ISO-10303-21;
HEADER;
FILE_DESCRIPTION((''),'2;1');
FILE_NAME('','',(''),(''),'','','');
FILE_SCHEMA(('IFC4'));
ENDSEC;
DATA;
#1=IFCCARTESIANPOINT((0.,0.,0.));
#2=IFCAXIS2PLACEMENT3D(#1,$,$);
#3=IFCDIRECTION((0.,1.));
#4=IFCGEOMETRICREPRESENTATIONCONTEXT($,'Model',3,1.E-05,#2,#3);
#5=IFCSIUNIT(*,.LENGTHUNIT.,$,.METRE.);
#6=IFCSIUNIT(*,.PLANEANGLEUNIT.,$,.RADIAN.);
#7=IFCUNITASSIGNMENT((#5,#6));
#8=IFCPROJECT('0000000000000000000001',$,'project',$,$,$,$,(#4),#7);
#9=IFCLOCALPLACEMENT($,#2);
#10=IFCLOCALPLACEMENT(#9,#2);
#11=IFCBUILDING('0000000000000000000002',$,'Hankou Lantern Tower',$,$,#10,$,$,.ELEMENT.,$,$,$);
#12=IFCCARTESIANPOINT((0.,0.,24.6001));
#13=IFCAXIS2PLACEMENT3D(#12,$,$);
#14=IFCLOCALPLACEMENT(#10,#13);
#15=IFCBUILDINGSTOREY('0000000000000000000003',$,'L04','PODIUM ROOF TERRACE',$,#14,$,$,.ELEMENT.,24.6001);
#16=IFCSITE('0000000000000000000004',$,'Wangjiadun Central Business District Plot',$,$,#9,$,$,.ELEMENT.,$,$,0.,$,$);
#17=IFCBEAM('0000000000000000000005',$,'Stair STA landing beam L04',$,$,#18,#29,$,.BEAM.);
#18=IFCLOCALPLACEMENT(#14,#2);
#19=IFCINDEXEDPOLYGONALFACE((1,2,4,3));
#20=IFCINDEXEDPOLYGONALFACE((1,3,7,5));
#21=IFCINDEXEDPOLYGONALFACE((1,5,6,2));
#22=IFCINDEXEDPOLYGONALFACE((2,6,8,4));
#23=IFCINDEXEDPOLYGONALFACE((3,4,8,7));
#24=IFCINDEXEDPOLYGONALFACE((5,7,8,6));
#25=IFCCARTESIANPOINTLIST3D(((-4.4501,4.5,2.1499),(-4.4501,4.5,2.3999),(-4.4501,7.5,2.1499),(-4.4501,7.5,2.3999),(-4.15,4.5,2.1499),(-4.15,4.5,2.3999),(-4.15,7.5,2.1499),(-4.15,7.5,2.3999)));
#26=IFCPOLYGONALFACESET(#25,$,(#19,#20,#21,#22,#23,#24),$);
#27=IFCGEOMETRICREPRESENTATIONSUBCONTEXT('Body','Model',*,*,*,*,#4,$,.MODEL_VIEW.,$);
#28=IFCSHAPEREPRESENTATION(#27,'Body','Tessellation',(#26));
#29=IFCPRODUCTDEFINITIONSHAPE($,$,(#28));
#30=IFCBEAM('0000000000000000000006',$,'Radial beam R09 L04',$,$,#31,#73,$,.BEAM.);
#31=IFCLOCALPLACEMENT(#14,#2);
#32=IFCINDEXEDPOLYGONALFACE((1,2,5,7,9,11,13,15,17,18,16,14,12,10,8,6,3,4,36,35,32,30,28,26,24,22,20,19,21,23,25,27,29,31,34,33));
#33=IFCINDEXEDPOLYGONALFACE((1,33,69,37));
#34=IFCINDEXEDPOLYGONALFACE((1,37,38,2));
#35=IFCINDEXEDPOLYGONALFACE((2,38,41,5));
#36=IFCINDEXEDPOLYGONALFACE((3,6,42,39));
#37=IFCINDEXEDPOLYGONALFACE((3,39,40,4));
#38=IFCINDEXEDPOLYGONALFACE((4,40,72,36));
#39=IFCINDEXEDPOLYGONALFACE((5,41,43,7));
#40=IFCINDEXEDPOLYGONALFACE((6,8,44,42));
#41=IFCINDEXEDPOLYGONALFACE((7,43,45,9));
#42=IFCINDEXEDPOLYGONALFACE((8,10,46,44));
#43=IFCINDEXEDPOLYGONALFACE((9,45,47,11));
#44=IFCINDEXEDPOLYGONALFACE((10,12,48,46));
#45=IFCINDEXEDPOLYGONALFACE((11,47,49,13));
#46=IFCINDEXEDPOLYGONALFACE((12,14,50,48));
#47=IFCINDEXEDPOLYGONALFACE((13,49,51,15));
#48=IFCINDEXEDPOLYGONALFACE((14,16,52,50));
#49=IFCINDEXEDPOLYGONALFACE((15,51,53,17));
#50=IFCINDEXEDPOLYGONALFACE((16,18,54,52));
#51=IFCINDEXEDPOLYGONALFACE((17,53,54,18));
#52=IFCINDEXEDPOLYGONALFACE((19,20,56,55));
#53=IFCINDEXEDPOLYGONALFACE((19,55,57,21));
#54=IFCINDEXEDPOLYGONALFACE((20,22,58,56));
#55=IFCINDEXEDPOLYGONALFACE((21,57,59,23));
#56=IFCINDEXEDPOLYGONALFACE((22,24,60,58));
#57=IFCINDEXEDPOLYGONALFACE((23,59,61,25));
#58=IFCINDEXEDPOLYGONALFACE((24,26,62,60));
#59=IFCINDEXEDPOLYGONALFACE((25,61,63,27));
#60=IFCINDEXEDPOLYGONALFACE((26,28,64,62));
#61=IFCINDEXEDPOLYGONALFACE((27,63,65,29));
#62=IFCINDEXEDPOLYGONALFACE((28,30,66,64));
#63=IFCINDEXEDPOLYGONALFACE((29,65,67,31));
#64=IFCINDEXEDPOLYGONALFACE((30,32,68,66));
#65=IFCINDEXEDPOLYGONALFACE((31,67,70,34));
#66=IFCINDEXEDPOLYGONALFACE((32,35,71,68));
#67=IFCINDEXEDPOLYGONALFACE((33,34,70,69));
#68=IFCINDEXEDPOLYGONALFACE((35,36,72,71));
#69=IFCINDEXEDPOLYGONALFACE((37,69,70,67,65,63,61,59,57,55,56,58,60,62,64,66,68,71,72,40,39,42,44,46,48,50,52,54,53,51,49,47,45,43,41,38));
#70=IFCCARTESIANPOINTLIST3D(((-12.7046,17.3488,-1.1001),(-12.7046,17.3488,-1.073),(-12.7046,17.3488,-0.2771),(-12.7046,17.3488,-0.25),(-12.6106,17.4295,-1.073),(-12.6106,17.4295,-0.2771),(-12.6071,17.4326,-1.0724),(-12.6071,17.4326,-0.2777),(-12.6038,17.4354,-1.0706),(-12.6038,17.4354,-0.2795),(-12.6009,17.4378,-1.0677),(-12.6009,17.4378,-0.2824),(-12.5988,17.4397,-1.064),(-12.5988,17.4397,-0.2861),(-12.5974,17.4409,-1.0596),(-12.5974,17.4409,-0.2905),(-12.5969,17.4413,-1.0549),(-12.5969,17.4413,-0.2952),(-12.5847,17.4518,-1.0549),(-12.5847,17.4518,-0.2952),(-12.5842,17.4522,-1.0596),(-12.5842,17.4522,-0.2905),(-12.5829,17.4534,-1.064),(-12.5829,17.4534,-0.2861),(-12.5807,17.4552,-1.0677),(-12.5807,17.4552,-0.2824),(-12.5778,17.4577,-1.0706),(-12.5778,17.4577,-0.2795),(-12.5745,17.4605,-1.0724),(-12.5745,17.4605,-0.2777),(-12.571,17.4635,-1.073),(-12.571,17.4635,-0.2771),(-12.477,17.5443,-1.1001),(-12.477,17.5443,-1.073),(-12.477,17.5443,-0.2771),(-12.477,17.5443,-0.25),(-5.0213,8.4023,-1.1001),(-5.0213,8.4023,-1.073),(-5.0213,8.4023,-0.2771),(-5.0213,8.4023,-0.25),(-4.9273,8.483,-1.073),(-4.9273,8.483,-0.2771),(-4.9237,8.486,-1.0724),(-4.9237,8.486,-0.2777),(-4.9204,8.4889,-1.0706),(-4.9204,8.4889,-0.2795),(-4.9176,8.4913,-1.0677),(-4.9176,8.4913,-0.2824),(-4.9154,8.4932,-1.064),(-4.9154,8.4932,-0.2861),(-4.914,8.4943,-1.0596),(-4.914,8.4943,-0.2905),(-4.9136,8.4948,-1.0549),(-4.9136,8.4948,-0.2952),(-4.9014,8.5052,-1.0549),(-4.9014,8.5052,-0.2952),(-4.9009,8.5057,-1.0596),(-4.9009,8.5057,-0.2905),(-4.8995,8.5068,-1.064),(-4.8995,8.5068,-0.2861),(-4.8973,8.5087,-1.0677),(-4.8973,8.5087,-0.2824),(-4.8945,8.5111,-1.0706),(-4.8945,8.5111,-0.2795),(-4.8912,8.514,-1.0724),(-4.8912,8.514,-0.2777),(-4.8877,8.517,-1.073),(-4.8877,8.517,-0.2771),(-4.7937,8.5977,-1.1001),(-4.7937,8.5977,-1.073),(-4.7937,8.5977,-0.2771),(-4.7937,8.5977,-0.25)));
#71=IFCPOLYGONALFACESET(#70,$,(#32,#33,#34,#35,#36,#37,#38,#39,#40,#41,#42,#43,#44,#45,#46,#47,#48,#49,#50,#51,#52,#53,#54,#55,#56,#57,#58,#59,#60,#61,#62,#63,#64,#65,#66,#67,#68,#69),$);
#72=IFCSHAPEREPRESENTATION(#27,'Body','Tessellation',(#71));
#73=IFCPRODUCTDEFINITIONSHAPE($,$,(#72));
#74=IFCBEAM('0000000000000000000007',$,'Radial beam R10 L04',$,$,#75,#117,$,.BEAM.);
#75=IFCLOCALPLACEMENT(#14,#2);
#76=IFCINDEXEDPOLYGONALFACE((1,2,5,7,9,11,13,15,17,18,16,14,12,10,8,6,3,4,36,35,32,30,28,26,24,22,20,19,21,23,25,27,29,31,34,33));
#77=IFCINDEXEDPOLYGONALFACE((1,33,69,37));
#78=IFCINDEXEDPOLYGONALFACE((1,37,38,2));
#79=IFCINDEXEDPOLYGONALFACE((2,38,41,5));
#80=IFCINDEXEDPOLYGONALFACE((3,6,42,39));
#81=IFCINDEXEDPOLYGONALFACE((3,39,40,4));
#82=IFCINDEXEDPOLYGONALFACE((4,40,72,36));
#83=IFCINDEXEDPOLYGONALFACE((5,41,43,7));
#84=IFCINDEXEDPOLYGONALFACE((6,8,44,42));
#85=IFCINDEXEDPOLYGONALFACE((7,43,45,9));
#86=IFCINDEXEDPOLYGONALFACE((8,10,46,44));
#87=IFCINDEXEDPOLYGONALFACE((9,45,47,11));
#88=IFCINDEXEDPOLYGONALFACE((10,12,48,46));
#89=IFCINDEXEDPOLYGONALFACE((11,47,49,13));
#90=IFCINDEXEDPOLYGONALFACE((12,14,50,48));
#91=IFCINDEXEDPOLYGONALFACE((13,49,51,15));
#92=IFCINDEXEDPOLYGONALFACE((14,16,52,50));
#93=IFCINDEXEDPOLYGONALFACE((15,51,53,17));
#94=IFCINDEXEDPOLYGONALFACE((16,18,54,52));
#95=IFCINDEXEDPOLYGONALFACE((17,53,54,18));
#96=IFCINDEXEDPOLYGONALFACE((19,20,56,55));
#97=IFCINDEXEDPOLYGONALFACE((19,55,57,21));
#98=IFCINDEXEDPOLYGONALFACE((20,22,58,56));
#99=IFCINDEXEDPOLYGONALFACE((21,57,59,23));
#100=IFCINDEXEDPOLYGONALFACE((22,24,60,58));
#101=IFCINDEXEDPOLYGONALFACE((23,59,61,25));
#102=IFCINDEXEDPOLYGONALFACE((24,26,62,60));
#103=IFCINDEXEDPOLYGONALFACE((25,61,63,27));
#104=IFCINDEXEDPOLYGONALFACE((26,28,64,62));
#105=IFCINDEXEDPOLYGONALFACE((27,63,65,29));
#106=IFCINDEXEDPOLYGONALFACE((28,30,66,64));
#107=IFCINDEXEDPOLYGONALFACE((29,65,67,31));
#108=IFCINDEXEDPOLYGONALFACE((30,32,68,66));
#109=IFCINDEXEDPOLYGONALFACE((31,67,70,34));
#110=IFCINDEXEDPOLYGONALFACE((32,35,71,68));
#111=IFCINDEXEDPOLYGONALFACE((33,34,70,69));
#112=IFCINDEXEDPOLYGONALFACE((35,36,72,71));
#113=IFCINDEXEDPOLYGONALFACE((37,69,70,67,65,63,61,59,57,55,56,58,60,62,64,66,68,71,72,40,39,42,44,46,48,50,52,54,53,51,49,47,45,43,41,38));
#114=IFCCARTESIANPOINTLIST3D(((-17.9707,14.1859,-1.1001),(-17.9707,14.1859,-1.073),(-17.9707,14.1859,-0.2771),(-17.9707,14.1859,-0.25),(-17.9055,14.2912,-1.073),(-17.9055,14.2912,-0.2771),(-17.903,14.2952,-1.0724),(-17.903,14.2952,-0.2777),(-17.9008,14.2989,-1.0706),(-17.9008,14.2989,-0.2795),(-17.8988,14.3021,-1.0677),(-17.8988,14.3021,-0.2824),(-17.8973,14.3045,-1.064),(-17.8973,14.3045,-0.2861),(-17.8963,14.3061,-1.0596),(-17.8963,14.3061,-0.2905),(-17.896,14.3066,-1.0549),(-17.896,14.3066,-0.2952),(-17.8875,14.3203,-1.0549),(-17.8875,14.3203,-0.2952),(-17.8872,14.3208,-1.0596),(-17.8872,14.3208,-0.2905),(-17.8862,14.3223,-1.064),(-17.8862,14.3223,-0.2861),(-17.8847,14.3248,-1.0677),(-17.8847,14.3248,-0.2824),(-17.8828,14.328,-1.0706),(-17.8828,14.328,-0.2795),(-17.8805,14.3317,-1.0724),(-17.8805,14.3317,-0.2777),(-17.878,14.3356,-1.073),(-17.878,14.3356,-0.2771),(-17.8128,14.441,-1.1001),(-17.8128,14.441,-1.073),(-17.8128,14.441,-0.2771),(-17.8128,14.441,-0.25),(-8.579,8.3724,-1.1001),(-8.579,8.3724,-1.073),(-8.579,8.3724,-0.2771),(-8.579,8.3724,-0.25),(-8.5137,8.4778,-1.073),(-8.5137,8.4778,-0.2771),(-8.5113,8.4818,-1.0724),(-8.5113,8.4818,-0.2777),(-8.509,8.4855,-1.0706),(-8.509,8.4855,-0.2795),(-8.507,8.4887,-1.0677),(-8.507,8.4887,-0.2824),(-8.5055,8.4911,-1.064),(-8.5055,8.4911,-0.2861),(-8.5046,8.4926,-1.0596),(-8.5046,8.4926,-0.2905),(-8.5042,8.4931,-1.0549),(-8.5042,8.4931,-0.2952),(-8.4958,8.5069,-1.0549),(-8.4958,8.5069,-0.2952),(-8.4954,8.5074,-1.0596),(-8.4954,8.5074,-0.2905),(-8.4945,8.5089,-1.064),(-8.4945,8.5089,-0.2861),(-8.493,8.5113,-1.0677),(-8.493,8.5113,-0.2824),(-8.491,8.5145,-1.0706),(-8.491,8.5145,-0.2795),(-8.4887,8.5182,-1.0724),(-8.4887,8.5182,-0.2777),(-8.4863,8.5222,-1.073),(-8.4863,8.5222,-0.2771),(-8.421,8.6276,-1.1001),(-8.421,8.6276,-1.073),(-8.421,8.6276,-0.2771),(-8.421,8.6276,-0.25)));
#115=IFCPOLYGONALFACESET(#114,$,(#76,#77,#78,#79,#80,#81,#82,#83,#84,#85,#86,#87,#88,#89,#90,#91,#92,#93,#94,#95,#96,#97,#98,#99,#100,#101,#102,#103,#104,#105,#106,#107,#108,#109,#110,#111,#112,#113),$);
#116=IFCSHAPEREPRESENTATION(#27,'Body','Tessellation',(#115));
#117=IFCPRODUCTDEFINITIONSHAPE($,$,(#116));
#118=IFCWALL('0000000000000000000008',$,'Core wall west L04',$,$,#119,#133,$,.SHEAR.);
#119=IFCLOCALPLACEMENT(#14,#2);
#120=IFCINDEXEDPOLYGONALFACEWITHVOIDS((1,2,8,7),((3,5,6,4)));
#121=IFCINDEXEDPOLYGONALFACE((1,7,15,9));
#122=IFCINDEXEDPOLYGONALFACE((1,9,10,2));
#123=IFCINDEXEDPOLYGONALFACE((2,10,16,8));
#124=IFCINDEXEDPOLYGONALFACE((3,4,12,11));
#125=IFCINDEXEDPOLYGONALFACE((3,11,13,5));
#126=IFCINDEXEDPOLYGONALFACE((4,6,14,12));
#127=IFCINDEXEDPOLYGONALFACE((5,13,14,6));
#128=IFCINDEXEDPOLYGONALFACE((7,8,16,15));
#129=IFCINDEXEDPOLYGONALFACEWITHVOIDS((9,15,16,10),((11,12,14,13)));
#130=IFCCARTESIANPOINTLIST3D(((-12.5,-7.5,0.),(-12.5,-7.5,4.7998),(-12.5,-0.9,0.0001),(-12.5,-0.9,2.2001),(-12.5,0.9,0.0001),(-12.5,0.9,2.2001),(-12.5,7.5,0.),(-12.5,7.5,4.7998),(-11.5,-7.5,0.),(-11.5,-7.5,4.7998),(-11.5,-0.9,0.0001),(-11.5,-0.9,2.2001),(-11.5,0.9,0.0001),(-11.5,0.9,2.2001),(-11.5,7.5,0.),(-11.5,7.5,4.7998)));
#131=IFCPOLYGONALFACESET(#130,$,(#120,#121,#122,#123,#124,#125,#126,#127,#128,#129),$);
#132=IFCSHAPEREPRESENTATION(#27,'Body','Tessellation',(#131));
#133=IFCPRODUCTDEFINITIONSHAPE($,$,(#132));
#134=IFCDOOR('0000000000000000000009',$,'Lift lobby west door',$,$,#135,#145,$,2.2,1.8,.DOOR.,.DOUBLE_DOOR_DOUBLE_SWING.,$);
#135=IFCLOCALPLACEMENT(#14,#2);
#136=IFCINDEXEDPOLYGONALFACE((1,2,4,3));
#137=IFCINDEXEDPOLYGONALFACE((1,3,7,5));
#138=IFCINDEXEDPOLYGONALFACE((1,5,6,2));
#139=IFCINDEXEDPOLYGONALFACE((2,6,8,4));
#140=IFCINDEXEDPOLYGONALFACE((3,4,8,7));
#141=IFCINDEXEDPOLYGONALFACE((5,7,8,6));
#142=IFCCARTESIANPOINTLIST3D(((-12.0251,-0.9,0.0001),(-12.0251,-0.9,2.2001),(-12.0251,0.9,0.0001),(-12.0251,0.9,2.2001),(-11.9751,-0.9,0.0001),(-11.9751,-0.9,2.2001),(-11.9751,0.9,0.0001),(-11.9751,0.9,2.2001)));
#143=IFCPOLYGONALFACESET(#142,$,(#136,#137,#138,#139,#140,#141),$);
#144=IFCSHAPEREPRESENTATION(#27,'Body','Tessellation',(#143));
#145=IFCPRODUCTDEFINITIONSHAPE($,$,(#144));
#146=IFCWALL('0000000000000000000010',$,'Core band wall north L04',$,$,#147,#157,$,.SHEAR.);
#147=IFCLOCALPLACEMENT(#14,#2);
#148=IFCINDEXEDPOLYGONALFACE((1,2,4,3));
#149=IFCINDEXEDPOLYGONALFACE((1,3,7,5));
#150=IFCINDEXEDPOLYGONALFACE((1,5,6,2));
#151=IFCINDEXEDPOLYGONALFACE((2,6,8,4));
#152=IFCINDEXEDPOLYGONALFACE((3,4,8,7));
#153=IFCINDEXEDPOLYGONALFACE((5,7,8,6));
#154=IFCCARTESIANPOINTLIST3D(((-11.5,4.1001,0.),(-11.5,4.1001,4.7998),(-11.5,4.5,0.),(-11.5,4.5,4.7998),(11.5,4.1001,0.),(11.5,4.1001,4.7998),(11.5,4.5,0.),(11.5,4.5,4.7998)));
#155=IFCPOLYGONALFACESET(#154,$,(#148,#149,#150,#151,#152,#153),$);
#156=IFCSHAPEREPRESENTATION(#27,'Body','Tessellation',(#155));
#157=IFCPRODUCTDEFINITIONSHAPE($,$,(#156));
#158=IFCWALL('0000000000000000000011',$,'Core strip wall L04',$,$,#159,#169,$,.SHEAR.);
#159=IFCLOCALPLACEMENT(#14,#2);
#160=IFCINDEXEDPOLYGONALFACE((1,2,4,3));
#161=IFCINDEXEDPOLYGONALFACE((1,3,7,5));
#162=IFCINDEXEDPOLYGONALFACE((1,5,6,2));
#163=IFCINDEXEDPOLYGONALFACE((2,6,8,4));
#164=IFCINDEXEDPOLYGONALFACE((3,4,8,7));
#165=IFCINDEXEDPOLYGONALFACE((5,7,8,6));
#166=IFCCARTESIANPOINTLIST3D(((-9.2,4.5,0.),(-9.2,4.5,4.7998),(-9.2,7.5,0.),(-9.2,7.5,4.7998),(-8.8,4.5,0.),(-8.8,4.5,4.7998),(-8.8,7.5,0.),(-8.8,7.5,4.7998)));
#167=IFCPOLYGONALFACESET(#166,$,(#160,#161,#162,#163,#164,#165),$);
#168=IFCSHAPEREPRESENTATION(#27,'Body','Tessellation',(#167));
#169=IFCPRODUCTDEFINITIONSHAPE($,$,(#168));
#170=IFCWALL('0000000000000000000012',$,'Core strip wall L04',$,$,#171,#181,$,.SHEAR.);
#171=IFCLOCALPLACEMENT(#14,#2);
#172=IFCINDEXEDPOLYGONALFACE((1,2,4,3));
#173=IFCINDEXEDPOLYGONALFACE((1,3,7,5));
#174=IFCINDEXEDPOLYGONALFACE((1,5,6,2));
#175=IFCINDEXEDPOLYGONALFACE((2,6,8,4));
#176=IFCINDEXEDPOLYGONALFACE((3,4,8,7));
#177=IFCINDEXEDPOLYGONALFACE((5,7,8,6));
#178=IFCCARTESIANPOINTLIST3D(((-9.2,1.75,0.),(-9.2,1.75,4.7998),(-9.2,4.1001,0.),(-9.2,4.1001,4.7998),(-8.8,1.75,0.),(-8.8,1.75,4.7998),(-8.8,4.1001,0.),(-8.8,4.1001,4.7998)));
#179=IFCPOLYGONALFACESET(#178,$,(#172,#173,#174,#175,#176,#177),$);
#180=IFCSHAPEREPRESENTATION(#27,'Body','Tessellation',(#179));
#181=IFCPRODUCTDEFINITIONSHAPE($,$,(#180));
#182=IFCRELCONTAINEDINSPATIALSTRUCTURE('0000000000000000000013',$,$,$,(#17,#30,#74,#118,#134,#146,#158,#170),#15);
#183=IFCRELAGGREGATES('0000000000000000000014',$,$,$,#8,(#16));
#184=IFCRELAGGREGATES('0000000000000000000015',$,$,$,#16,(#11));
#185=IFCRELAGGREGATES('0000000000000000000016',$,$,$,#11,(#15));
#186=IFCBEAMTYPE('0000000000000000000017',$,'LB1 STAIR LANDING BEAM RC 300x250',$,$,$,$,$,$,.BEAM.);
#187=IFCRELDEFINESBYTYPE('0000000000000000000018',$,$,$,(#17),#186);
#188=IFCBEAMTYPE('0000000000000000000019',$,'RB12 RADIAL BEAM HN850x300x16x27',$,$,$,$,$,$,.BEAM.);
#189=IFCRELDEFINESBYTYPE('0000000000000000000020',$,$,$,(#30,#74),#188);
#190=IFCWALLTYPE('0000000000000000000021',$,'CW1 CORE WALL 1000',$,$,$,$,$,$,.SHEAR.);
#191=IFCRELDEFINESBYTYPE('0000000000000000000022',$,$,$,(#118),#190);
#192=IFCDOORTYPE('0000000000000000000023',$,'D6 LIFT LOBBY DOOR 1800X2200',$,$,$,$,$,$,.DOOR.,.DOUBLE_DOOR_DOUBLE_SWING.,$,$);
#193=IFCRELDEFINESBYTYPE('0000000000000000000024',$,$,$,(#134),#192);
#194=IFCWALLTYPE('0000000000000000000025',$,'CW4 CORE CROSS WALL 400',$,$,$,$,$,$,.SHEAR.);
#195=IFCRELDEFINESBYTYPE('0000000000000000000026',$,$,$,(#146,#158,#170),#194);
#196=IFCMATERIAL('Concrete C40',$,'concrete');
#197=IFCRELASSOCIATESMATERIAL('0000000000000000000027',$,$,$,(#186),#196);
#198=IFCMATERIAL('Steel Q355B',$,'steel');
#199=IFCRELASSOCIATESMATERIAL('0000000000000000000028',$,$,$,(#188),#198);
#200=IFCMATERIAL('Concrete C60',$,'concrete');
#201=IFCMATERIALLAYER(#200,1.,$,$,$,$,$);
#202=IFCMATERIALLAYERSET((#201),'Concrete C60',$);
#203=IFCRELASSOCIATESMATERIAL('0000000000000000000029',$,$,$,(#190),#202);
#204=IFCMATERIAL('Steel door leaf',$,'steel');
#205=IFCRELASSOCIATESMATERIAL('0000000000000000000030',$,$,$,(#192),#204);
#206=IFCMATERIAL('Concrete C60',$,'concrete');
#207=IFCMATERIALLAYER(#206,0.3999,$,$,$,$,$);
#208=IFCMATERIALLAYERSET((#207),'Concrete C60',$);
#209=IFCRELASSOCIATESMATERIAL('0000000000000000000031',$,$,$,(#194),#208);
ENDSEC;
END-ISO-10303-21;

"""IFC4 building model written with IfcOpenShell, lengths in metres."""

from ifc_helpers import new_model, si_unit, direction, frame, frame_2d, origin, origin_2d, place, context, subcontext, project, spatial, rectangle, i_section, extrude, material, layer, layer_set, material_profile, profile_set, type_object, element, fill, save


model = new_model("IFC4")

# Units and contexts
model_context = context("Model", 3, precision=1e-05, world=origin(), true_north=direction((0.0, 1.0)))
body_context = subcontext(model_context, "Body", "Model", "MODEL_VIEW")
ifc_project = project(units=[si_unit("LENGTHUNIT", "METRE"), si_unit("PLANEANGLEUNIT", "RADIAN")], contexts=[model_context])

# Site, building, storey
site_placement = place(None, origin())
site = spatial("IfcSite", under=ifc_project, at=site_placement, Name="Wangjiadun Central Business District Plot", CompositionType="ELEMENT", RefElevation=0.0)
building_placement = place(site_placement, origin())
building = spatial("IfcBuilding", under=site, at=building_placement, Name="Hankou Lantern Tower", CompositionType="ELEMENT")
storey_placement = place(building_placement, frame((0.0, 0.0, 24.6001)))
storey = spatial("IfcBuildingStorey", under=building, at=storey_placement, Name="L04", Description="PODIUM ROOF TERRACE", CompositionType="ELEMENT", Elevation=24.6001)

# Beams
ifc_material_1 = material(Name="Concrete C40", Category="concrete")
ifc_material_profile_1 = material_profile(ifc_material_1, rectangle(XDim=0.3, YDim=0.25, at=origin_2d()), Name="RC 300x250")
ifc_profile_set_1 = profile_set([ifc_material_profile_1], Name="Concrete C40")
beam_type_1 = type_object("IfcBeamType", Name="LB1 STAIR LANDING BEAM RC 300x250", PredefinedType="BEAM", material=ifc_profile_set_1)
beam_1_placement = place(storey_placement, frame((-4.3, 4.5, 2.2749), z_axis=(0.0, 1.0, 0.0), x_axis=(-1.0, 0.0, 0.0)))
element("IfcBeam", 1, at=beam_1_placement, inside=storey, type_object=beam_type_1, Name="Stair STA landing beam L04", PredefinedType="BEAM", context=body_context, shape_type="SweptSolid", body=[
    extrude(rectangle(XDim=0.3, YDim=0.25, at=origin_2d()), origin(), (0.0, 0.0, 1.0), 3.0),
])
ifc_material_2 = material(Name="Steel Q355B", Category="steel")
ifc_material_profile_2 = material_profile(ifc_material_2, i_section(OverallWidth=0.3, OverallDepth=0.8501, WebThickness=0.0161, FlangeThickness=0.0271, FilletRadius=0.0181, at=origin_2d()), Name="HN850x300x16x27")
ifc_profile_set_2 = profile_set([ifc_material_profile_2], Name="Steel Q355B")
beam_type_2 = type_object("IfcBeamType", Name="RB12 RADIAL BEAM HN850x300x16x27", PredefinedType="BEAM", material=ifc_profile_set_2)
beam_2_placement = place(storey_placement, frame((-4.9075, 8.5, -0.675), z_axis=(-0.651519, 0.758632, 0.0), x_axis=(-0.758632, -0.651519, 0.0)))
element("IfcBeam", 2, at=beam_2_placement, inside=storey, type_object=beam_type_2, Name="Radial beam R09 L04", PredefinedType="BEAM", context=body_context, shape_type="SweptSolid", body=[
    extrude(i_section(OverallWidth=0.3, OverallDepth=0.8501, WebThickness=0.0161, FlangeThickness=0.0271, FilletRadius=0.0181, at=origin_2d()), origin(), (0.0, 0.0, 1.0), 11.793),
])
beam_3_placement = place(storey_placement, frame((-8.5, 8.5, -0.675), z_axis=(-0.850286, 0.52632, 0.0), x_axis=(-0.52632, -0.850286, 0.0)))
element("IfcBeam", 3, at=beam_3_placement, inside=storey, type_object=beam_type_2, Name="Radial beam R10 L04", PredefinedType="BEAM", context=body_context, shape_type="SweptSolid", body=[
    extrude(i_section(OverallWidth=0.3, OverallDepth=0.8501, WebThickness=0.0161, FlangeThickness=0.0271, FilletRadius=0.0181, at=origin_2d()), origin(), (0.0, 0.0, 1.0), 11.0454),
])

# Wall, opening, door
ifc_material_3 = material(Name="Concrete C60", Category="concrete")
ifc_layer_1 = layer(ifc_material_3, 1.0)
ifc_layer_set_1 = layer_set([ifc_layer_1], Name="Concrete C60")
wall_type_1 = type_object("IfcWallType", Name="CW1 CORE WALL 1000", PredefinedType="SHEAR", material=ifc_layer_set_1)
wall_1_placement = place(storey_placement, frame((-12.0, 7.5, 0.0), z_axis=(0.0, 0.0, 1.0), x_axis=(0.0, -1.0, 0.0)))
wall_1 = element("IfcWall", 4, at=wall_1_placement, inside=storey, type_object=wall_type_1, Name="Core wall west L04", PredefinedType="SHEAR", context=body_context, shape_type="SweptSolid", body=[
    extrude(rectangle(XDim=15.0, YDim=1.0, at=frame_2d((7.5, 0.0))), origin(), (0.0, 0.0, 1.0), 4.7998),
])
opening_1_placement = place(wall_1_placement, frame((6.6001, 0.0, 0.0)))
opening_1 = element("IfcOpeningElement", 5, at=opening_1_placement, cuts=wall_1, PredefinedType="OPENING", context=body_context, shape_type="SweptSolid", body=[
    extrude(rectangle(XDim=1.8, YDim=2.2, at=frame_2d((0.8999, 1.1001))), frame((0.0, 0.51, 0.0), z_axis=(0.0, -1.0, 0.0), x_axis=(1.0, 0.0, 0.0)), (0.0, 0.0, 1.0), 1.02),
])
ifc_material_4 = material(Name="Steel door leaf", Category="steel")
door_type_1 = type_object("IfcDoorType", Name="D6 LIFT LOBBY DOOR 1800X2200", OperationType="DOUBLE_DOOR_DOUBLE_SWING", PredefinedType="DOOR", material=ifc_material_4)
door_1_placement = place(opening_1_placement, origin())
door_1 = element("IfcDoor", 6, at=door_1_placement, inside=storey, type_object=door_type_1, Name="Lift lobby west door", OperationType="DOUBLE_DOOR_DOUBLE_SWING", OverallHeight=2.2, OverallWidth=1.8, PredefinedType="DOOR", context=body_context, shape_type="SweptSolid", body=[
    extrude(rectangle(XDim=1.8, YDim=2.2, at=frame_2d((0.8999, 1.1001))), frame((0.0, 0.0249, 0.0), z_axis=(0.0, -1.0, 0.0), x_axis=(1.0, 0.0, 0.0)), (0.0, 0.0, 1.0), 0.05),
])
fill(opening_1, door_1)

# Walls
ifc_material_5 = material(Name="Concrete C60", Category="concrete")
ifc_layer_2 = layer(ifc_material_5, 0.3999)
ifc_layer_set_2 = layer_set([ifc_layer_2], Name="Concrete C60")
wall_type_2 = type_object("IfcWallType", Name="CW4 CORE CROSS WALL 400", PredefinedType="SHEAR", material=ifc_layer_set_2)
wall_2_placement = place(storey_placement, frame((-11.5, 4.3, 0.0), z_axis=(0.0, 0.0, 1.0), x_axis=(1.0, 0.0, 0.0)))
element("IfcWall", 7, at=wall_2_placement, inside=storey, type_object=wall_type_2, Name="Core band wall north L04", PredefinedType="SHEAR", context=body_context, shape_type="SweptSolid", body=[
    extrude(rectangle(XDim=23.0, YDim=0.3999, at=frame_2d((11.5, 0.0))), origin(), (0.0, 0.0, 1.0), 4.7998),
])
wall_3_placement = place(storey_placement, frame((-9.0, 4.5, 0.0), z_axis=(0.0, 0.0, 1.0), x_axis=(0.0, 1.0, 0.0)))
element("IfcWall", 8, at=wall_3_placement, inside=storey, type_object=wall_type_2, Name="Core strip wall L04", PredefinedType="SHEAR", context=body_context, shape_type="SweptSolid", body=[
    extrude(rectangle(XDim=3.0, YDim=0.3999, at=frame_2d((1.5, 0.0))), origin(), (0.0, 0.0, 1.0), 4.7998),
])
wall_4_placement = place(storey_placement, frame((-9.0, 1.75, 0.0), z_axis=(0.0, 0.0, 1.0), x_axis=(0.0, 1.0, 0.0)))
element("IfcWall", 9, at=wall_4_placement, inside=storey, type_object=wall_type_2, Name="Core strip wall L04", PredefinedType="SHEAR", context=body_context, shape_type="SweptSolid", body=[
    extrude(rectangle(XDim=2.3501, YDim=0.3999, at=frame_2d((1.175, 0.0))), origin(), (0.0, 0.0, 1.0), 4.7998),
])

save(model, "model.ifc")
